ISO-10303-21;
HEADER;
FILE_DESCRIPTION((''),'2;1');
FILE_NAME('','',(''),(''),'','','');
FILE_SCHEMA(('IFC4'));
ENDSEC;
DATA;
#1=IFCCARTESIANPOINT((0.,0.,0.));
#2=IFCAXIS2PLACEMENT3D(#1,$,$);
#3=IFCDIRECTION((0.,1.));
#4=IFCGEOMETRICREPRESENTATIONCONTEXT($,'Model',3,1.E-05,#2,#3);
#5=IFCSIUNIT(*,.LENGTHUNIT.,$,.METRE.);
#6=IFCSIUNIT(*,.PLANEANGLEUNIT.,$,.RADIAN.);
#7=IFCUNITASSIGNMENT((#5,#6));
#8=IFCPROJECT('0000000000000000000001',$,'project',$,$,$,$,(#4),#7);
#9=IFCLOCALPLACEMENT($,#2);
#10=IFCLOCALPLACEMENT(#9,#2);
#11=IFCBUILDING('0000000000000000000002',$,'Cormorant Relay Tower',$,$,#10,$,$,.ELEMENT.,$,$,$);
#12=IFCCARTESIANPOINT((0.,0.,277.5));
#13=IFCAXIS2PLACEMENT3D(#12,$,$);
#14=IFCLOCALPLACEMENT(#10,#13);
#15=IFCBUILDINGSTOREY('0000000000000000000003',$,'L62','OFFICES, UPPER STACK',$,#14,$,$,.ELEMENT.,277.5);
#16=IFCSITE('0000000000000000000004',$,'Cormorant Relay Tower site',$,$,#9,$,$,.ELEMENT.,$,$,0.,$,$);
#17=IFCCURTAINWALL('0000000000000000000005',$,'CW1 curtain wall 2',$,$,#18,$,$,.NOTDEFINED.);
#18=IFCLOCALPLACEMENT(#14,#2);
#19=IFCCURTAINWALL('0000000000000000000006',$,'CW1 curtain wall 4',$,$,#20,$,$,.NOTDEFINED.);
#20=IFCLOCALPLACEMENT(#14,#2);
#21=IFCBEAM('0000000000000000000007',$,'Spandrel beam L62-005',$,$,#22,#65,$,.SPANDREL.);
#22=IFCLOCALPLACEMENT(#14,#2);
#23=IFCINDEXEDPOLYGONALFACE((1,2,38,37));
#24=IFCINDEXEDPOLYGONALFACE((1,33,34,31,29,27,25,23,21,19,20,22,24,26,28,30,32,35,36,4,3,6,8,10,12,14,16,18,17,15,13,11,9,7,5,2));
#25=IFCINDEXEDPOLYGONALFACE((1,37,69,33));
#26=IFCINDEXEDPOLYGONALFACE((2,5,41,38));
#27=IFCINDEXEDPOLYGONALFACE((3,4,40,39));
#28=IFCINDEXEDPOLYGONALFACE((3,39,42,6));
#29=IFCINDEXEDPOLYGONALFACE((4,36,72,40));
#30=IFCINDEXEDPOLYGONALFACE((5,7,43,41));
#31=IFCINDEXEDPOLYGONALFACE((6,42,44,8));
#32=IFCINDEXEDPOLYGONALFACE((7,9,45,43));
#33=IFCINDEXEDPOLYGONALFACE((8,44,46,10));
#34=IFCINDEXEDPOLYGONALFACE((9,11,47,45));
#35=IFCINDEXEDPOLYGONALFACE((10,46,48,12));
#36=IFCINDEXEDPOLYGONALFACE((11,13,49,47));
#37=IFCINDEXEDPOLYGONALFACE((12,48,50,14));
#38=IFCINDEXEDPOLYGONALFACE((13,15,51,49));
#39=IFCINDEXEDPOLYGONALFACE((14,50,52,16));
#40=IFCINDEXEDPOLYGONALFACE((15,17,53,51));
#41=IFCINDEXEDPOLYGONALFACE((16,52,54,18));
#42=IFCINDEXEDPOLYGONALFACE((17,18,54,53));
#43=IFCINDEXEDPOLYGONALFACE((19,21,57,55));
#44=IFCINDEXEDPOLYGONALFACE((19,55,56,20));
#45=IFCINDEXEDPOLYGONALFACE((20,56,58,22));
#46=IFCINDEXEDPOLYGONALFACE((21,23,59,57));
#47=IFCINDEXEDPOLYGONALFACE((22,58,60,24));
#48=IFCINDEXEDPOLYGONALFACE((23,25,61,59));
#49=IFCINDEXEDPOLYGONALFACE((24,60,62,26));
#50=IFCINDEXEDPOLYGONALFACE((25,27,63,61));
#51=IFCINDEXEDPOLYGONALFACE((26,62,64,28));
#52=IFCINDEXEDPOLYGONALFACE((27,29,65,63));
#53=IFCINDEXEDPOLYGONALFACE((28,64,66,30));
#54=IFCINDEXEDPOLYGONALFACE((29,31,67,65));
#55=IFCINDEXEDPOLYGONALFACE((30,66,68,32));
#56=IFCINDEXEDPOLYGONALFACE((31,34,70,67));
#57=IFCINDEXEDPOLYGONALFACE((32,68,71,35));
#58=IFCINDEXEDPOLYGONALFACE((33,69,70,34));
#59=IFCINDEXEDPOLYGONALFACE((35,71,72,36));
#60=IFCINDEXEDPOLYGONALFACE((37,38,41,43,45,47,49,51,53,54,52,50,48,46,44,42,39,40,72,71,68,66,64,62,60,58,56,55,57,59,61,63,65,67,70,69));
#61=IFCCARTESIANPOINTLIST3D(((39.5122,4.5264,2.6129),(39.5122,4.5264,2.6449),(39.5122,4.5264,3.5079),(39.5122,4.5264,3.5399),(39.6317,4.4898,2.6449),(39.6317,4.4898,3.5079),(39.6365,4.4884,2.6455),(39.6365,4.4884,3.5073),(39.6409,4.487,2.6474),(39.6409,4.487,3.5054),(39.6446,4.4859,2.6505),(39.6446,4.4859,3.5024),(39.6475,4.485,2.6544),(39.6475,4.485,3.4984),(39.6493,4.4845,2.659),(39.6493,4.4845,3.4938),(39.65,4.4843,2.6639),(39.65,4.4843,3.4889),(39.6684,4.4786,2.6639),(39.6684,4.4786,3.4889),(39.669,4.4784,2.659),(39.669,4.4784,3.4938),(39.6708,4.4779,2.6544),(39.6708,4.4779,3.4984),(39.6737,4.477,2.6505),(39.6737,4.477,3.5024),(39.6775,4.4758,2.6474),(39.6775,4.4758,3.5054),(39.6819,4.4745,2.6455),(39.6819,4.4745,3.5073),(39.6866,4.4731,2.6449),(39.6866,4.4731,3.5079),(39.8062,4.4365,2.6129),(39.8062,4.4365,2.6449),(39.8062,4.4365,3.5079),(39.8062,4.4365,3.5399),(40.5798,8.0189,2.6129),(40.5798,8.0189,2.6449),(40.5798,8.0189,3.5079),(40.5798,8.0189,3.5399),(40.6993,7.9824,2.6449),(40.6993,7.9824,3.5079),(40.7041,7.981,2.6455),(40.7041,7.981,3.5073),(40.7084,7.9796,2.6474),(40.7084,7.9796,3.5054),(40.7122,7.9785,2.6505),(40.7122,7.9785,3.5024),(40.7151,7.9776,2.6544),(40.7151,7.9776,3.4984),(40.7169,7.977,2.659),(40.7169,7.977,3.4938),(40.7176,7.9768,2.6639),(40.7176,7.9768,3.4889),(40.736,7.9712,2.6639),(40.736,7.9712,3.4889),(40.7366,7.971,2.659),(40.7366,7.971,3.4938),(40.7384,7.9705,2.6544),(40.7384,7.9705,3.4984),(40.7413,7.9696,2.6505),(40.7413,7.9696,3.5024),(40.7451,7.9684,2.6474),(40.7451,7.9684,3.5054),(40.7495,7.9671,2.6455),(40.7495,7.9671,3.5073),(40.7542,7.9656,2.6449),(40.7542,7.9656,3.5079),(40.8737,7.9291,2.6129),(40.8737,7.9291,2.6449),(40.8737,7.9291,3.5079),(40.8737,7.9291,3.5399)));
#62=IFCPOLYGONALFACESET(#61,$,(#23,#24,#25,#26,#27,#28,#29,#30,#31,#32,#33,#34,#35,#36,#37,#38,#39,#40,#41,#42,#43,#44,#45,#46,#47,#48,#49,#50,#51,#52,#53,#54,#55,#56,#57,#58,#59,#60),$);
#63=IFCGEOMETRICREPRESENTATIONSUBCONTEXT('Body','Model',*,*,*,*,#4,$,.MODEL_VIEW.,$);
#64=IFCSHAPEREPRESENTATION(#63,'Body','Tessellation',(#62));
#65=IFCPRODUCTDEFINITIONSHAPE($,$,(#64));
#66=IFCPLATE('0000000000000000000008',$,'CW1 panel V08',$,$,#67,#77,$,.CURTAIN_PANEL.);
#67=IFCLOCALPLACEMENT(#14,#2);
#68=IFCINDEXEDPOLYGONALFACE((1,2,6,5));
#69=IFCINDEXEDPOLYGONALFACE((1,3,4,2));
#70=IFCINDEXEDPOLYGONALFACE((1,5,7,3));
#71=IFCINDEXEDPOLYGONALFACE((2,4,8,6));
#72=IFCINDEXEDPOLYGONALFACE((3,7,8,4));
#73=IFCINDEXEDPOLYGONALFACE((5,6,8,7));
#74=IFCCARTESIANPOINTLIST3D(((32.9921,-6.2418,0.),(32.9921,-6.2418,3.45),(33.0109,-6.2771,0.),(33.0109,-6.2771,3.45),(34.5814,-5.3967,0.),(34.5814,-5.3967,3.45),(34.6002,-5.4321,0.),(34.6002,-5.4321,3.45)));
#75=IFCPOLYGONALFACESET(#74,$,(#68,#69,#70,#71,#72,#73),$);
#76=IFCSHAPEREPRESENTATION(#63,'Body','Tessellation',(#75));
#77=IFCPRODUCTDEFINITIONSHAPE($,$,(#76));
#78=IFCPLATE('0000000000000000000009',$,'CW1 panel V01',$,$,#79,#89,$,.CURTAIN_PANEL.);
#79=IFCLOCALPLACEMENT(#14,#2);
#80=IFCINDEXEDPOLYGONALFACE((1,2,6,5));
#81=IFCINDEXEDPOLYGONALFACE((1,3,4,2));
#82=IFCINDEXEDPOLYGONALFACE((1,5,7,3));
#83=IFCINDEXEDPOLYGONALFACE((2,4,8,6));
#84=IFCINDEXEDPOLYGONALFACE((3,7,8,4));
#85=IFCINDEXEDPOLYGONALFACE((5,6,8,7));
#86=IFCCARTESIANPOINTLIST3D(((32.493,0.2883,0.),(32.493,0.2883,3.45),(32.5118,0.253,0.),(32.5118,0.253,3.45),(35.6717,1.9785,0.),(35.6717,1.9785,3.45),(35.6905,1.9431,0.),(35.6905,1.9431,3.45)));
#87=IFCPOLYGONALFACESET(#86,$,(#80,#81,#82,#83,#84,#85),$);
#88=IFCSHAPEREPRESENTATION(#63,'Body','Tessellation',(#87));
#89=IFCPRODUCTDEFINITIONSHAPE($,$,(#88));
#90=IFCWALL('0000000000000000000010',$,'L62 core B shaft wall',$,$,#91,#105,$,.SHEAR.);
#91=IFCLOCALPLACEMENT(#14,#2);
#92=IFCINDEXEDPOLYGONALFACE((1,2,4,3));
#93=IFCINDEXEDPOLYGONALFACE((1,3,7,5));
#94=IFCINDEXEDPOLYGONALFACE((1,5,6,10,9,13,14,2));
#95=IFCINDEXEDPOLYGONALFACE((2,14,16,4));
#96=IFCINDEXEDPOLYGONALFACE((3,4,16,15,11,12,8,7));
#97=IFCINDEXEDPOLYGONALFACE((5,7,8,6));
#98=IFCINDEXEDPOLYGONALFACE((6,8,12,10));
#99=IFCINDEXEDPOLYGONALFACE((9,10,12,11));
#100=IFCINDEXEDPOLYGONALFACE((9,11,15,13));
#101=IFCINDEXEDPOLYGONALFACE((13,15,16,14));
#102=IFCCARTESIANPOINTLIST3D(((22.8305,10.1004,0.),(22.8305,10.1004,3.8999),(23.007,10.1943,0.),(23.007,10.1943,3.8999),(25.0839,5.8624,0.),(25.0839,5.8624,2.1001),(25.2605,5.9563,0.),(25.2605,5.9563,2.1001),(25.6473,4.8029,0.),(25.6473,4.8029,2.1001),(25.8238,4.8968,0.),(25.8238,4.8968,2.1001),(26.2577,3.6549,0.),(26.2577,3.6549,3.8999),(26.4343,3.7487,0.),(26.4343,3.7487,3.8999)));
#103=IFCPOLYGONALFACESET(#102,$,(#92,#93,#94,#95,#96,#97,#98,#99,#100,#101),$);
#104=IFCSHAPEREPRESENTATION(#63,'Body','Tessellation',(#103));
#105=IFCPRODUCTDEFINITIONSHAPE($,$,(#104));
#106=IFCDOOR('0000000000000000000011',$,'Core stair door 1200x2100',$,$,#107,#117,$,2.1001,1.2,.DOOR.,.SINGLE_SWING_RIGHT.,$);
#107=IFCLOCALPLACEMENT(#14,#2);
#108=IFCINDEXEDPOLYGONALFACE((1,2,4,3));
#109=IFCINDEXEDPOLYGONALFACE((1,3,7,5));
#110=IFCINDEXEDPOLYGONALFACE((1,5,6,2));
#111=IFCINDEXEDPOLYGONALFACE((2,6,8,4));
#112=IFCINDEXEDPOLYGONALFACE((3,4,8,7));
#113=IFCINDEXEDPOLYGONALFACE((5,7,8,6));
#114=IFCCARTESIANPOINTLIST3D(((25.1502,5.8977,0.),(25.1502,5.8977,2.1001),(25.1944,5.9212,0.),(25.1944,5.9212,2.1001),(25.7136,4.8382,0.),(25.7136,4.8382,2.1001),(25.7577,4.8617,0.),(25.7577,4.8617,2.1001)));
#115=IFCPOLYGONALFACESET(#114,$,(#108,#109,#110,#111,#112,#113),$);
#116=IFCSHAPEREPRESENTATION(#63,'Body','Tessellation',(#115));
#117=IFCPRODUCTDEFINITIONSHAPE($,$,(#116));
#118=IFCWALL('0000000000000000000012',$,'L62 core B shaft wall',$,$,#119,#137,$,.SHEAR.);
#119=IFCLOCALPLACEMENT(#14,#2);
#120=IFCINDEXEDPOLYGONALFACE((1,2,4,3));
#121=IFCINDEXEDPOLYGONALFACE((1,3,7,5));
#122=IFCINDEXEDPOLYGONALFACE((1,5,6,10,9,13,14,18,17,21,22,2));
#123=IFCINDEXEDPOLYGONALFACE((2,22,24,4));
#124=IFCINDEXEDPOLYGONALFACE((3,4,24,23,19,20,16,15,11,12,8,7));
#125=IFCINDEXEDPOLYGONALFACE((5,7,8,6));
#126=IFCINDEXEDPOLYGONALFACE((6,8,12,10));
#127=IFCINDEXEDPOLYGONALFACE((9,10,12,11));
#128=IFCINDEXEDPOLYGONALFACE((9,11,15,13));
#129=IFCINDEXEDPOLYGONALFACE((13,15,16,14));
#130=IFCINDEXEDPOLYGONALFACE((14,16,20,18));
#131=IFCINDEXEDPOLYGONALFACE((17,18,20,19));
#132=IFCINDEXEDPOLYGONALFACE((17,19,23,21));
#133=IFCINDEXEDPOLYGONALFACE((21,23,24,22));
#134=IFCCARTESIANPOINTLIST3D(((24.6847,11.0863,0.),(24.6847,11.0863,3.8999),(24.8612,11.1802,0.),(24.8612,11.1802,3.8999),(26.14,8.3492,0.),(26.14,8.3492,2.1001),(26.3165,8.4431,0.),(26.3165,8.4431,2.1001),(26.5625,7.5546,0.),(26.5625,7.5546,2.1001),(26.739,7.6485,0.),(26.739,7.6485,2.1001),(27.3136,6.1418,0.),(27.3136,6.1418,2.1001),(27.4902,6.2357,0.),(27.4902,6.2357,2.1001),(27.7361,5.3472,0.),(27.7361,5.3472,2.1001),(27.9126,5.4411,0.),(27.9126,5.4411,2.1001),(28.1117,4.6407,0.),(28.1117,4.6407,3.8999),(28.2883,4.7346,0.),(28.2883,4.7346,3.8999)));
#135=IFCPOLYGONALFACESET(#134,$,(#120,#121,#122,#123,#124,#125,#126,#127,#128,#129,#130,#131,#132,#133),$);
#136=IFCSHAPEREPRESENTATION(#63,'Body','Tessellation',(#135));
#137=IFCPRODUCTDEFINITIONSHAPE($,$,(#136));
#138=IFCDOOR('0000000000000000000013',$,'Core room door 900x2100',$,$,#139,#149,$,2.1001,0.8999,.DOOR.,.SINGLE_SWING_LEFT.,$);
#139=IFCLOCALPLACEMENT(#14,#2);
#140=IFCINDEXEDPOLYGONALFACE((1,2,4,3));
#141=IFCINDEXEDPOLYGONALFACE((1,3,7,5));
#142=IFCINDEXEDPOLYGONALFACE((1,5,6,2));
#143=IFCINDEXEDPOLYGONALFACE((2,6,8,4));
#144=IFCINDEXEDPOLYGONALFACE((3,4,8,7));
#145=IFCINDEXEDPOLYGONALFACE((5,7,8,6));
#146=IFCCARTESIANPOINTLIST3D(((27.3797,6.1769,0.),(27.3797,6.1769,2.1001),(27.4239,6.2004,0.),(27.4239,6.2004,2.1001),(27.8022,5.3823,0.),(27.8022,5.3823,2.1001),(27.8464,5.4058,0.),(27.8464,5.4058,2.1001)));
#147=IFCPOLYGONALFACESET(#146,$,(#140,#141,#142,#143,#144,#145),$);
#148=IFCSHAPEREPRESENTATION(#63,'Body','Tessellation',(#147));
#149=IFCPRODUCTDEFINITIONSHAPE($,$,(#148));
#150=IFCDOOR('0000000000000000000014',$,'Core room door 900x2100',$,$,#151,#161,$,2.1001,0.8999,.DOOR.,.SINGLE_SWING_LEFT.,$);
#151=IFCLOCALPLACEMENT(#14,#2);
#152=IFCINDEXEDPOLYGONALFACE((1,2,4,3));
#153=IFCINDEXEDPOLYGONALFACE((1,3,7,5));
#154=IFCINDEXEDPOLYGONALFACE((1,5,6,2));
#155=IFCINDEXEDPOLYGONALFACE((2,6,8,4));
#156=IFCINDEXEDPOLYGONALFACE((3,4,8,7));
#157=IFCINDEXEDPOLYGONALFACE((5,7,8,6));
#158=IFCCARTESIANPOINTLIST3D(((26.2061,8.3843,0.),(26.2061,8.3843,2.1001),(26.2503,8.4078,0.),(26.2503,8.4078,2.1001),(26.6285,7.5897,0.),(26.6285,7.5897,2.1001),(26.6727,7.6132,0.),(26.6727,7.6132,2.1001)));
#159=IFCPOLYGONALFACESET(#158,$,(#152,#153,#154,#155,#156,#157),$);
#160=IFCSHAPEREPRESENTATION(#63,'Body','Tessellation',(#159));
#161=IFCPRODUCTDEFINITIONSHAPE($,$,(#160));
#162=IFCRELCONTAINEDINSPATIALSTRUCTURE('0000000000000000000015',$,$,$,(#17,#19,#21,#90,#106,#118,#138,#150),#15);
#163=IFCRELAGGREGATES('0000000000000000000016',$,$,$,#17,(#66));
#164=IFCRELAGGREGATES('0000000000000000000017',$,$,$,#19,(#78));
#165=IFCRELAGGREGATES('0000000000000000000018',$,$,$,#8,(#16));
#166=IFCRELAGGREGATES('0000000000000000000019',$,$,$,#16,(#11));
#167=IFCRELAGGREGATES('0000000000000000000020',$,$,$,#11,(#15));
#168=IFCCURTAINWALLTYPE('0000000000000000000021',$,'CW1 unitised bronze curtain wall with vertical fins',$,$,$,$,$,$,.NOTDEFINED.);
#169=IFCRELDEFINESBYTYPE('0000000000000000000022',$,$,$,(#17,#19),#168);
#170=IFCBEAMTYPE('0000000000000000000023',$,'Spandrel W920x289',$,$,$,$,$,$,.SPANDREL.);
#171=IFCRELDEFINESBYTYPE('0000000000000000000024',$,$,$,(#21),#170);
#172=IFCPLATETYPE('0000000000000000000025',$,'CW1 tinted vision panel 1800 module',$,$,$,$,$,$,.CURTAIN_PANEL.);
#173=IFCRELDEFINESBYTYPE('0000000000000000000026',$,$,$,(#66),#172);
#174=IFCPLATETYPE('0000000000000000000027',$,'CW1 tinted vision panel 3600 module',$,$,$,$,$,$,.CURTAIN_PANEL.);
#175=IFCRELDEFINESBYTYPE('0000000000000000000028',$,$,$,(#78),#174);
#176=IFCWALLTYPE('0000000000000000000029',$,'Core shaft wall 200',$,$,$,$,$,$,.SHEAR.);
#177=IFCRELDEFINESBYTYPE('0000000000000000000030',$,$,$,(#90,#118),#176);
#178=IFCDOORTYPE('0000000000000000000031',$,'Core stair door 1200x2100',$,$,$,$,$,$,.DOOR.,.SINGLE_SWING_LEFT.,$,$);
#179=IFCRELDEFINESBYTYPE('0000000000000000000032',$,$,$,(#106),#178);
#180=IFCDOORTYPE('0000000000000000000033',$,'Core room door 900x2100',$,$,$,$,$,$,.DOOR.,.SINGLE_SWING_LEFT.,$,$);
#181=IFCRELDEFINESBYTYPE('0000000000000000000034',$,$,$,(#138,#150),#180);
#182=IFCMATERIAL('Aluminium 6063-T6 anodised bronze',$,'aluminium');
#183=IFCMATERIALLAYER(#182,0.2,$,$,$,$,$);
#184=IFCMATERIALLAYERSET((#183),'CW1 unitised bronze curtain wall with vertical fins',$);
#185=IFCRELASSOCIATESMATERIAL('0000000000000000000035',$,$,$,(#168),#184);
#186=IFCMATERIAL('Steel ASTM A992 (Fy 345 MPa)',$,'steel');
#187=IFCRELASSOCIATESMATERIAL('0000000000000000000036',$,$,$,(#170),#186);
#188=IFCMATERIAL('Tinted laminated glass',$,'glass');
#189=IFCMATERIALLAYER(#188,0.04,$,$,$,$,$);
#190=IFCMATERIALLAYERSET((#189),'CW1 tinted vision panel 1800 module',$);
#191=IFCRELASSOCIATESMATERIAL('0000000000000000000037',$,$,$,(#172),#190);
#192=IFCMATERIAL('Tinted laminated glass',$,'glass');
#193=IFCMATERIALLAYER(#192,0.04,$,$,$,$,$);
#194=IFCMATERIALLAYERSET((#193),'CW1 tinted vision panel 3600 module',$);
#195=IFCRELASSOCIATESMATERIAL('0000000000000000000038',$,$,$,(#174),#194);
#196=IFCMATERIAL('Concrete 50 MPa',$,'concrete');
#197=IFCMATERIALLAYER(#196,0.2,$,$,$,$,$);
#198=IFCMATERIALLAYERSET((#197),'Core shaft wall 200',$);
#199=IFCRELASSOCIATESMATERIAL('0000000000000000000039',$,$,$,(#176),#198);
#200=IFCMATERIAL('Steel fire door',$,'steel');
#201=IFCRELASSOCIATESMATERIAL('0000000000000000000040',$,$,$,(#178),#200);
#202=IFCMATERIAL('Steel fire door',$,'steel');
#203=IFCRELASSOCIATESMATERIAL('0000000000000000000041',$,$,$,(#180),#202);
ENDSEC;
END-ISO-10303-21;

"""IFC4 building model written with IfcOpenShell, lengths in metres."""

from ifc_helpers import new_model, si_unit, direction, frame, frame_2d, origin, origin_2d, place, context, subcontext, project, spatial, rectangle, i_section, extrude, material, layer, layer_set, material_profile, profile_set, type_object, element, fill, aggregate, save


model = new_model("IFC4")

# Units and contexts
model_context = context("Model", 3, precision=1e-05, world=origin(), true_north=direction((0.0, 1.0)))
body_context = subcontext(model_context, "Body", "Model", "MODEL_VIEW")
ifc_project = project(units=[si_unit("LENGTHUNIT", "METRE"), si_unit("PLANEANGLEUNIT", "RADIAN")], contexts=[model_context])

# Site, building, storey
site_placement = place(None, origin())
site = spatial("IfcSite", under=ifc_project, at=site_placement, Name="Cormorant Relay Tower site", CompositionType="ELEMENT", RefElevation=0.0)
building_placement = place(site_placement, origin())
building = spatial("IfcBuilding", under=site, at=building_placement, Name="Cormorant Relay Tower", CompositionType="ELEMENT")
storey_placement = place(building_placement, frame((0.0, 0.0, 277.5)))
storey = spatial("IfcBuildingStorey", under=building, at=storey_placement, Name="L62", Description="OFFICES, UPPER STACK", CompositionType="ELEMENT", Elevation=277.5)

# Curtain wall
ifc_material_1 = material(Name="Aluminium 6063-T6 anodised bronze", Category="aluminium")
ifc_layer_1 = layer(ifc_material_1, 0.2)
ifc_layer_set_1 = layer_set([ifc_layer_1], Name="CW1 unitised bronze curtain wall with vertical fins")
curtain_wall_type = type_object("IfcCurtainWallType", Name="CW1 unitised bronze curtain wall with vertical fins", PredefinedType="NOTDEFINED", material=ifc_layer_set_1)
curtain_wall_1_placement = place(storey_placement, origin())
curtain_wall_1 = element("IfcCurtainWall", 1, at=curtain_wall_1_placement, inside=storey, type_object=curtain_wall_type, Name="CW1 curtain wall 2", PredefinedType="NOTDEFINED")

# Curtain wall
curtain_wall_2_placement = place(storey_placement, origin())
curtain_wall_2 = element("IfcCurtainWall", 2, at=curtain_wall_2_placement, inside=storey, type_object=curtain_wall_type, Name="CW1 curtain wall 4", PredefinedType="NOTDEFINED")

# Beam
ifc_material_2 = material(Name="Steel ASTM A992 (Fy 345 MPa)", Category="steel")
ifc_material_profile_1 = material_profile(ifc_material_2, i_section(OverallWidth=0.3074, OverallDepth=0.927, WebThickness=0.0193, FlangeThickness=0.032, FilletRadius=0.019, at=origin_2d()), Name="W920x289")
ifc_profile_set_1 = profile_set([ifc_material_profile_1], Name="Steel ASTM A992 (Fy 345 MPa)")
beam_type = type_object("IfcBeamType", Name="Spandrel W920x289", PredefinedType="SPANDREL", material=ifc_profile_set_1)
beam_1_placement = place(storey_placement, frame((39.6592, 4.4814, 3.0764), z_axis=(0.292324, 0.956319, 0.0), x_axis=(-0.956319, 0.292324, 0.0)))
element("IfcBeam", 3, at=beam_1_placement, inside=storey, type_object=beam_type, Name="Spandrel beam L62-005", PredefinedType="SPANDREL", context=body_context, shape_type="SweptSolid", body=[
    extrude(i_section(OverallWidth=0.3074, OverallDepth=0.927, WebThickness=0.0193, FlangeThickness=0.032, FilletRadius=0.019, at=origin_2d()), origin(), (0.0, 0.0, 1.0), 3.6521),
])

# Plates
ifc_material_3 = material(Name="Tinted laminated glass", Category="glass")
ifc_layer_2 = layer(ifc_material_3, 0.04)
ifc_layer_set_2 = layer_set([ifc_layer_2], Name="CW1 tinted vision panel 1800 module")
plate_type_1 = type_object("IfcPlateType", Name="CW1 tinted vision panel 1800 module", PredefinedType="CURTAIN_PANEL", material=ifc_layer_set_2)
plate_1_placement = place(storey_placement, frame((33.7961, -5.8369, 0.0), z_axis=(0.0, 0.0, 1.0), x_axis=(0.882948, 0.469472, 0.0)))
plate_1 = element("IfcPlate", 4, at=plate_1_placement, type_object=plate_type_1, Name="CW1 panel V08", PredefinedType="CURTAIN_PANEL", context=body_context, shape_type="SweptSolid", body=[
    extrude(rectangle(XDim=1.8, YDim=0.04, at=origin_2d()), origin(), (0.0, 0.0, 1.0), 3.45),
])
ifc_material_4 = material(Name="Tinted laminated glass", Category="glass")
ifc_layer_3 = layer(ifc_material_4, 0.04)
ifc_layer_set_3 = layer_set([ifc_layer_3], Name="CW1 tinted vision panel 3600 module")
plate_type_2 = type_object("IfcPlateType", Name="CW1 tinted vision panel 3600 module", PredefinedType="CURTAIN_PANEL", material=ifc_layer_set_3)
plate_2_placement = place(storey_placement, frame((34.0918, 1.1157, 0.0), z_axis=(0.0, 0.0, 1.0), x_axis=(0.882948, 0.469472, 0.0)))
plate_2 = element("IfcPlate", 5, at=plate_2_placement, type_object=plate_type_2, Name="CW1 panel V01", PredefinedType="CURTAIN_PANEL", context=body_context, shape_type="SweptSolid", body=[
    extrude(rectangle(XDim=3.6001, YDim=0.04, at=origin_2d()), origin(), (0.0, 0.0, 1.0), 3.45),
])

# Wall, opening, door
ifc_material_5 = material(Name="Concrete 50 MPa", Category="concrete")
ifc_layer_4 = layer(ifc_material_5, 0.2)
ifc_layer_set_4 = layer_set([ifc_layer_4], Name="Core shaft wall 200")
wall_type_1 = type_object("IfcWallType", Name="Core shaft wall 200", PredefinedType="SHEAR", material=ifc_layer_set_4)
wall_1_placement = place(storey_placement, frame((26.3459, 3.7019, 0.0), z_axis=(0.0, 0.0, 1.0), x_axis=(-0.46948, 0.882943, 0.0)))
wall_1 = element("IfcWall", 6, at=wall_1_placement, inside=storey, type_object=wall_type_1, Name="L62 core B shaft wall", PredefinedType="SHEAR", context=body_context, shape_type="SweptSolid", body=[
    extrude(rectangle(XDim=7.3, YDim=0.2, at=frame_2d((3.6499, 0.0))), origin(), (0.0, 0.0, 1.0), 3.8999),
])
opening_1_placement = place(wall_1_placement, frame((1.3, 0.0, 0.0)))
opening_1 = element("IfcOpeningElement", 7, at=opening_1_placement, cuts=wall_1, PredefinedType="OPENING", context=body_context, shape_type="SweptSolid", body=[
    extrude(rectangle(XDim=1.2, YDim=2.1001, at=frame_2d((0.6001, 1.05))), frame((0.0, 0.1099, 0.0), z_axis=(0.0, -1.0, 0.0), x_axis=(1.0, 0.0, 0.0)), (0.0, 0.0, 1.0), 0.22),
])
ifc_material_6 = material(Name="Steel fire door", Category="steel")
door_type_1 = type_object("IfcDoorType", Name="Core stair door 1200x2100", OperationType="SINGLE_SWING_LEFT", PredefinedType="DOOR", material=ifc_material_6)
door_1_placement = place(opening_1_placement, origin())
door_1 = element("IfcDoor", 8, at=door_1_placement, inside=storey, type_object=door_type_1, Name="Core stair door 1200x2100", OperationType="SINGLE_SWING_RIGHT", OverallHeight=2.1001, OverallWidth=1.2, PredefinedType="DOOR", context=body_context, shape_type="SweptSolid", body=[
    extrude(rectangle(XDim=1.2, YDim=2.1001, at=frame_2d((0.6001, 1.05))), frame((0.0, 0.0249, 0.0), z_axis=(0.0, -1.0, 0.0), x_axis=(1.0, 0.0, 0.0)), (0.0, 0.0, 1.0), 0.05),
])
fill(opening_1, door_1)

# Wall, openings, doors
wall_2_placement = place(storey_placement, frame((28.2, 4.6877, 0.0), z_axis=(0.0, 0.0, 1.0), x_axis=(-0.469454, 0.882957, 0.0)))
wall_2 = element("IfcWall", 9, at=wall_2_placement, inside=storey, type_object=wall_type_1, Name="L62 core B shaft wall", PredefinedType="SHEAR", context=body_context, shape_type="SweptSolid", body=[
    extrude(rectangle(XDim=7.3, YDim=0.2, at=frame_2d((3.6499, 0.0))), origin(), (0.0, 0.0, 1.0), 3.8999),
])
opening_2_placement = place(wall_2_placement, frame((0.8, 0.0, 0.0)))
opening_2 = element("IfcOpeningElement", 10, at=opening_2_placement, cuts=wall_2, PredefinedType="OPENING", context=body_context, shape_type="SweptSolid", body=[
    extrude(rectangle(XDim=0.8999, YDim=2.1001, at=frame_2d((0.45, 1.05))), frame((0.0, 0.1099, 0.0), z_axis=(0.0, -1.0, 0.0), x_axis=(1.0, 0.0, 0.0)), (0.0, 0.0, 1.0), 0.22),
])
opening_3_placement = place(wall_2_placement, frame((3.3, 0.0, 0.0)))
opening_3 = element("IfcOpeningElement", 11, at=opening_3_placement, cuts=wall_2, PredefinedType="OPENING", context=body_context, shape_type="SweptSolid", body=[
    extrude(rectangle(XDim=0.8999, YDim=2.1001, at=frame_2d((0.45, 1.05))), frame((0.0, 0.1099, 0.0), z_axis=(0.0, -1.0, 0.0), x_axis=(1.0, 0.0, 0.0)), (0.0, 0.0, 1.0), 0.22),
])
ifc_material_7 = material(Name="Steel fire door", Category="steel")
door_type_2 = type_object("IfcDoorType", Name="Core room door 900x2100", OperationType="SINGLE_SWING_LEFT", PredefinedType="DOOR", material=ifc_material_7)
door_2_placement = place(opening_2_placement, frame((0.8999, 0.0, 0.0), z_axis=(0.0, 0.0, 1.0), x_axis=(-1.0, 0.0, 0.0)))
door_2 = element("IfcDoor", 12, at=door_2_placement, inside=storey, type_object=door_type_2, Name="Core room door 900x2100", OperationType="SINGLE_SWING_LEFT", OverallHeight=2.1001, OverallWidth=0.8999, PredefinedType="DOOR", context=body_context, shape_type="SweptSolid", body=[
    extrude(rectangle(XDim=0.8999, YDim=2.1001, at=frame_2d((0.45, 1.05))), frame((0.0, 0.0249, 0.0), z_axis=(0.0, -1.0, 0.0), x_axis=(1.0, 0.0, 0.0)), (0.0, 0.0, 1.0), 0.05),
])
fill(opening_2, door_2)
door_3_placement = place(opening_3_placement, frame((0.8999, 0.0, 0.0), z_axis=(0.0, 0.0, 1.0), x_axis=(-1.0, 0.0, 0.0)))
door_3 = element("IfcDoor", 13, at=door_3_placement, inside=storey, type_object=door_type_2, Name="Core room door 900x2100", OperationType="SINGLE_SWING_LEFT", OverallHeight=2.1001, OverallWidth=0.8999, PredefinedType="DOOR", context=body_context, shape_type="SweptSolid", body=[
    extrude(rectangle(XDim=0.8999, YDim=2.1001, at=frame_2d((0.45, 1.05))), frame((0.0, 0.0249, 0.0), z_axis=(0.0, -1.0, 0.0), x_axis=(1.0, 0.0, 0.0)), (0.0, 0.0, 1.0), 0.05),
])
fill(opening_3, door_3)

aggregate(curtain_wall_1, [plate_1])
aggregate(curtain_wall_2, [plate_2])

save(model, "model.ifc")
